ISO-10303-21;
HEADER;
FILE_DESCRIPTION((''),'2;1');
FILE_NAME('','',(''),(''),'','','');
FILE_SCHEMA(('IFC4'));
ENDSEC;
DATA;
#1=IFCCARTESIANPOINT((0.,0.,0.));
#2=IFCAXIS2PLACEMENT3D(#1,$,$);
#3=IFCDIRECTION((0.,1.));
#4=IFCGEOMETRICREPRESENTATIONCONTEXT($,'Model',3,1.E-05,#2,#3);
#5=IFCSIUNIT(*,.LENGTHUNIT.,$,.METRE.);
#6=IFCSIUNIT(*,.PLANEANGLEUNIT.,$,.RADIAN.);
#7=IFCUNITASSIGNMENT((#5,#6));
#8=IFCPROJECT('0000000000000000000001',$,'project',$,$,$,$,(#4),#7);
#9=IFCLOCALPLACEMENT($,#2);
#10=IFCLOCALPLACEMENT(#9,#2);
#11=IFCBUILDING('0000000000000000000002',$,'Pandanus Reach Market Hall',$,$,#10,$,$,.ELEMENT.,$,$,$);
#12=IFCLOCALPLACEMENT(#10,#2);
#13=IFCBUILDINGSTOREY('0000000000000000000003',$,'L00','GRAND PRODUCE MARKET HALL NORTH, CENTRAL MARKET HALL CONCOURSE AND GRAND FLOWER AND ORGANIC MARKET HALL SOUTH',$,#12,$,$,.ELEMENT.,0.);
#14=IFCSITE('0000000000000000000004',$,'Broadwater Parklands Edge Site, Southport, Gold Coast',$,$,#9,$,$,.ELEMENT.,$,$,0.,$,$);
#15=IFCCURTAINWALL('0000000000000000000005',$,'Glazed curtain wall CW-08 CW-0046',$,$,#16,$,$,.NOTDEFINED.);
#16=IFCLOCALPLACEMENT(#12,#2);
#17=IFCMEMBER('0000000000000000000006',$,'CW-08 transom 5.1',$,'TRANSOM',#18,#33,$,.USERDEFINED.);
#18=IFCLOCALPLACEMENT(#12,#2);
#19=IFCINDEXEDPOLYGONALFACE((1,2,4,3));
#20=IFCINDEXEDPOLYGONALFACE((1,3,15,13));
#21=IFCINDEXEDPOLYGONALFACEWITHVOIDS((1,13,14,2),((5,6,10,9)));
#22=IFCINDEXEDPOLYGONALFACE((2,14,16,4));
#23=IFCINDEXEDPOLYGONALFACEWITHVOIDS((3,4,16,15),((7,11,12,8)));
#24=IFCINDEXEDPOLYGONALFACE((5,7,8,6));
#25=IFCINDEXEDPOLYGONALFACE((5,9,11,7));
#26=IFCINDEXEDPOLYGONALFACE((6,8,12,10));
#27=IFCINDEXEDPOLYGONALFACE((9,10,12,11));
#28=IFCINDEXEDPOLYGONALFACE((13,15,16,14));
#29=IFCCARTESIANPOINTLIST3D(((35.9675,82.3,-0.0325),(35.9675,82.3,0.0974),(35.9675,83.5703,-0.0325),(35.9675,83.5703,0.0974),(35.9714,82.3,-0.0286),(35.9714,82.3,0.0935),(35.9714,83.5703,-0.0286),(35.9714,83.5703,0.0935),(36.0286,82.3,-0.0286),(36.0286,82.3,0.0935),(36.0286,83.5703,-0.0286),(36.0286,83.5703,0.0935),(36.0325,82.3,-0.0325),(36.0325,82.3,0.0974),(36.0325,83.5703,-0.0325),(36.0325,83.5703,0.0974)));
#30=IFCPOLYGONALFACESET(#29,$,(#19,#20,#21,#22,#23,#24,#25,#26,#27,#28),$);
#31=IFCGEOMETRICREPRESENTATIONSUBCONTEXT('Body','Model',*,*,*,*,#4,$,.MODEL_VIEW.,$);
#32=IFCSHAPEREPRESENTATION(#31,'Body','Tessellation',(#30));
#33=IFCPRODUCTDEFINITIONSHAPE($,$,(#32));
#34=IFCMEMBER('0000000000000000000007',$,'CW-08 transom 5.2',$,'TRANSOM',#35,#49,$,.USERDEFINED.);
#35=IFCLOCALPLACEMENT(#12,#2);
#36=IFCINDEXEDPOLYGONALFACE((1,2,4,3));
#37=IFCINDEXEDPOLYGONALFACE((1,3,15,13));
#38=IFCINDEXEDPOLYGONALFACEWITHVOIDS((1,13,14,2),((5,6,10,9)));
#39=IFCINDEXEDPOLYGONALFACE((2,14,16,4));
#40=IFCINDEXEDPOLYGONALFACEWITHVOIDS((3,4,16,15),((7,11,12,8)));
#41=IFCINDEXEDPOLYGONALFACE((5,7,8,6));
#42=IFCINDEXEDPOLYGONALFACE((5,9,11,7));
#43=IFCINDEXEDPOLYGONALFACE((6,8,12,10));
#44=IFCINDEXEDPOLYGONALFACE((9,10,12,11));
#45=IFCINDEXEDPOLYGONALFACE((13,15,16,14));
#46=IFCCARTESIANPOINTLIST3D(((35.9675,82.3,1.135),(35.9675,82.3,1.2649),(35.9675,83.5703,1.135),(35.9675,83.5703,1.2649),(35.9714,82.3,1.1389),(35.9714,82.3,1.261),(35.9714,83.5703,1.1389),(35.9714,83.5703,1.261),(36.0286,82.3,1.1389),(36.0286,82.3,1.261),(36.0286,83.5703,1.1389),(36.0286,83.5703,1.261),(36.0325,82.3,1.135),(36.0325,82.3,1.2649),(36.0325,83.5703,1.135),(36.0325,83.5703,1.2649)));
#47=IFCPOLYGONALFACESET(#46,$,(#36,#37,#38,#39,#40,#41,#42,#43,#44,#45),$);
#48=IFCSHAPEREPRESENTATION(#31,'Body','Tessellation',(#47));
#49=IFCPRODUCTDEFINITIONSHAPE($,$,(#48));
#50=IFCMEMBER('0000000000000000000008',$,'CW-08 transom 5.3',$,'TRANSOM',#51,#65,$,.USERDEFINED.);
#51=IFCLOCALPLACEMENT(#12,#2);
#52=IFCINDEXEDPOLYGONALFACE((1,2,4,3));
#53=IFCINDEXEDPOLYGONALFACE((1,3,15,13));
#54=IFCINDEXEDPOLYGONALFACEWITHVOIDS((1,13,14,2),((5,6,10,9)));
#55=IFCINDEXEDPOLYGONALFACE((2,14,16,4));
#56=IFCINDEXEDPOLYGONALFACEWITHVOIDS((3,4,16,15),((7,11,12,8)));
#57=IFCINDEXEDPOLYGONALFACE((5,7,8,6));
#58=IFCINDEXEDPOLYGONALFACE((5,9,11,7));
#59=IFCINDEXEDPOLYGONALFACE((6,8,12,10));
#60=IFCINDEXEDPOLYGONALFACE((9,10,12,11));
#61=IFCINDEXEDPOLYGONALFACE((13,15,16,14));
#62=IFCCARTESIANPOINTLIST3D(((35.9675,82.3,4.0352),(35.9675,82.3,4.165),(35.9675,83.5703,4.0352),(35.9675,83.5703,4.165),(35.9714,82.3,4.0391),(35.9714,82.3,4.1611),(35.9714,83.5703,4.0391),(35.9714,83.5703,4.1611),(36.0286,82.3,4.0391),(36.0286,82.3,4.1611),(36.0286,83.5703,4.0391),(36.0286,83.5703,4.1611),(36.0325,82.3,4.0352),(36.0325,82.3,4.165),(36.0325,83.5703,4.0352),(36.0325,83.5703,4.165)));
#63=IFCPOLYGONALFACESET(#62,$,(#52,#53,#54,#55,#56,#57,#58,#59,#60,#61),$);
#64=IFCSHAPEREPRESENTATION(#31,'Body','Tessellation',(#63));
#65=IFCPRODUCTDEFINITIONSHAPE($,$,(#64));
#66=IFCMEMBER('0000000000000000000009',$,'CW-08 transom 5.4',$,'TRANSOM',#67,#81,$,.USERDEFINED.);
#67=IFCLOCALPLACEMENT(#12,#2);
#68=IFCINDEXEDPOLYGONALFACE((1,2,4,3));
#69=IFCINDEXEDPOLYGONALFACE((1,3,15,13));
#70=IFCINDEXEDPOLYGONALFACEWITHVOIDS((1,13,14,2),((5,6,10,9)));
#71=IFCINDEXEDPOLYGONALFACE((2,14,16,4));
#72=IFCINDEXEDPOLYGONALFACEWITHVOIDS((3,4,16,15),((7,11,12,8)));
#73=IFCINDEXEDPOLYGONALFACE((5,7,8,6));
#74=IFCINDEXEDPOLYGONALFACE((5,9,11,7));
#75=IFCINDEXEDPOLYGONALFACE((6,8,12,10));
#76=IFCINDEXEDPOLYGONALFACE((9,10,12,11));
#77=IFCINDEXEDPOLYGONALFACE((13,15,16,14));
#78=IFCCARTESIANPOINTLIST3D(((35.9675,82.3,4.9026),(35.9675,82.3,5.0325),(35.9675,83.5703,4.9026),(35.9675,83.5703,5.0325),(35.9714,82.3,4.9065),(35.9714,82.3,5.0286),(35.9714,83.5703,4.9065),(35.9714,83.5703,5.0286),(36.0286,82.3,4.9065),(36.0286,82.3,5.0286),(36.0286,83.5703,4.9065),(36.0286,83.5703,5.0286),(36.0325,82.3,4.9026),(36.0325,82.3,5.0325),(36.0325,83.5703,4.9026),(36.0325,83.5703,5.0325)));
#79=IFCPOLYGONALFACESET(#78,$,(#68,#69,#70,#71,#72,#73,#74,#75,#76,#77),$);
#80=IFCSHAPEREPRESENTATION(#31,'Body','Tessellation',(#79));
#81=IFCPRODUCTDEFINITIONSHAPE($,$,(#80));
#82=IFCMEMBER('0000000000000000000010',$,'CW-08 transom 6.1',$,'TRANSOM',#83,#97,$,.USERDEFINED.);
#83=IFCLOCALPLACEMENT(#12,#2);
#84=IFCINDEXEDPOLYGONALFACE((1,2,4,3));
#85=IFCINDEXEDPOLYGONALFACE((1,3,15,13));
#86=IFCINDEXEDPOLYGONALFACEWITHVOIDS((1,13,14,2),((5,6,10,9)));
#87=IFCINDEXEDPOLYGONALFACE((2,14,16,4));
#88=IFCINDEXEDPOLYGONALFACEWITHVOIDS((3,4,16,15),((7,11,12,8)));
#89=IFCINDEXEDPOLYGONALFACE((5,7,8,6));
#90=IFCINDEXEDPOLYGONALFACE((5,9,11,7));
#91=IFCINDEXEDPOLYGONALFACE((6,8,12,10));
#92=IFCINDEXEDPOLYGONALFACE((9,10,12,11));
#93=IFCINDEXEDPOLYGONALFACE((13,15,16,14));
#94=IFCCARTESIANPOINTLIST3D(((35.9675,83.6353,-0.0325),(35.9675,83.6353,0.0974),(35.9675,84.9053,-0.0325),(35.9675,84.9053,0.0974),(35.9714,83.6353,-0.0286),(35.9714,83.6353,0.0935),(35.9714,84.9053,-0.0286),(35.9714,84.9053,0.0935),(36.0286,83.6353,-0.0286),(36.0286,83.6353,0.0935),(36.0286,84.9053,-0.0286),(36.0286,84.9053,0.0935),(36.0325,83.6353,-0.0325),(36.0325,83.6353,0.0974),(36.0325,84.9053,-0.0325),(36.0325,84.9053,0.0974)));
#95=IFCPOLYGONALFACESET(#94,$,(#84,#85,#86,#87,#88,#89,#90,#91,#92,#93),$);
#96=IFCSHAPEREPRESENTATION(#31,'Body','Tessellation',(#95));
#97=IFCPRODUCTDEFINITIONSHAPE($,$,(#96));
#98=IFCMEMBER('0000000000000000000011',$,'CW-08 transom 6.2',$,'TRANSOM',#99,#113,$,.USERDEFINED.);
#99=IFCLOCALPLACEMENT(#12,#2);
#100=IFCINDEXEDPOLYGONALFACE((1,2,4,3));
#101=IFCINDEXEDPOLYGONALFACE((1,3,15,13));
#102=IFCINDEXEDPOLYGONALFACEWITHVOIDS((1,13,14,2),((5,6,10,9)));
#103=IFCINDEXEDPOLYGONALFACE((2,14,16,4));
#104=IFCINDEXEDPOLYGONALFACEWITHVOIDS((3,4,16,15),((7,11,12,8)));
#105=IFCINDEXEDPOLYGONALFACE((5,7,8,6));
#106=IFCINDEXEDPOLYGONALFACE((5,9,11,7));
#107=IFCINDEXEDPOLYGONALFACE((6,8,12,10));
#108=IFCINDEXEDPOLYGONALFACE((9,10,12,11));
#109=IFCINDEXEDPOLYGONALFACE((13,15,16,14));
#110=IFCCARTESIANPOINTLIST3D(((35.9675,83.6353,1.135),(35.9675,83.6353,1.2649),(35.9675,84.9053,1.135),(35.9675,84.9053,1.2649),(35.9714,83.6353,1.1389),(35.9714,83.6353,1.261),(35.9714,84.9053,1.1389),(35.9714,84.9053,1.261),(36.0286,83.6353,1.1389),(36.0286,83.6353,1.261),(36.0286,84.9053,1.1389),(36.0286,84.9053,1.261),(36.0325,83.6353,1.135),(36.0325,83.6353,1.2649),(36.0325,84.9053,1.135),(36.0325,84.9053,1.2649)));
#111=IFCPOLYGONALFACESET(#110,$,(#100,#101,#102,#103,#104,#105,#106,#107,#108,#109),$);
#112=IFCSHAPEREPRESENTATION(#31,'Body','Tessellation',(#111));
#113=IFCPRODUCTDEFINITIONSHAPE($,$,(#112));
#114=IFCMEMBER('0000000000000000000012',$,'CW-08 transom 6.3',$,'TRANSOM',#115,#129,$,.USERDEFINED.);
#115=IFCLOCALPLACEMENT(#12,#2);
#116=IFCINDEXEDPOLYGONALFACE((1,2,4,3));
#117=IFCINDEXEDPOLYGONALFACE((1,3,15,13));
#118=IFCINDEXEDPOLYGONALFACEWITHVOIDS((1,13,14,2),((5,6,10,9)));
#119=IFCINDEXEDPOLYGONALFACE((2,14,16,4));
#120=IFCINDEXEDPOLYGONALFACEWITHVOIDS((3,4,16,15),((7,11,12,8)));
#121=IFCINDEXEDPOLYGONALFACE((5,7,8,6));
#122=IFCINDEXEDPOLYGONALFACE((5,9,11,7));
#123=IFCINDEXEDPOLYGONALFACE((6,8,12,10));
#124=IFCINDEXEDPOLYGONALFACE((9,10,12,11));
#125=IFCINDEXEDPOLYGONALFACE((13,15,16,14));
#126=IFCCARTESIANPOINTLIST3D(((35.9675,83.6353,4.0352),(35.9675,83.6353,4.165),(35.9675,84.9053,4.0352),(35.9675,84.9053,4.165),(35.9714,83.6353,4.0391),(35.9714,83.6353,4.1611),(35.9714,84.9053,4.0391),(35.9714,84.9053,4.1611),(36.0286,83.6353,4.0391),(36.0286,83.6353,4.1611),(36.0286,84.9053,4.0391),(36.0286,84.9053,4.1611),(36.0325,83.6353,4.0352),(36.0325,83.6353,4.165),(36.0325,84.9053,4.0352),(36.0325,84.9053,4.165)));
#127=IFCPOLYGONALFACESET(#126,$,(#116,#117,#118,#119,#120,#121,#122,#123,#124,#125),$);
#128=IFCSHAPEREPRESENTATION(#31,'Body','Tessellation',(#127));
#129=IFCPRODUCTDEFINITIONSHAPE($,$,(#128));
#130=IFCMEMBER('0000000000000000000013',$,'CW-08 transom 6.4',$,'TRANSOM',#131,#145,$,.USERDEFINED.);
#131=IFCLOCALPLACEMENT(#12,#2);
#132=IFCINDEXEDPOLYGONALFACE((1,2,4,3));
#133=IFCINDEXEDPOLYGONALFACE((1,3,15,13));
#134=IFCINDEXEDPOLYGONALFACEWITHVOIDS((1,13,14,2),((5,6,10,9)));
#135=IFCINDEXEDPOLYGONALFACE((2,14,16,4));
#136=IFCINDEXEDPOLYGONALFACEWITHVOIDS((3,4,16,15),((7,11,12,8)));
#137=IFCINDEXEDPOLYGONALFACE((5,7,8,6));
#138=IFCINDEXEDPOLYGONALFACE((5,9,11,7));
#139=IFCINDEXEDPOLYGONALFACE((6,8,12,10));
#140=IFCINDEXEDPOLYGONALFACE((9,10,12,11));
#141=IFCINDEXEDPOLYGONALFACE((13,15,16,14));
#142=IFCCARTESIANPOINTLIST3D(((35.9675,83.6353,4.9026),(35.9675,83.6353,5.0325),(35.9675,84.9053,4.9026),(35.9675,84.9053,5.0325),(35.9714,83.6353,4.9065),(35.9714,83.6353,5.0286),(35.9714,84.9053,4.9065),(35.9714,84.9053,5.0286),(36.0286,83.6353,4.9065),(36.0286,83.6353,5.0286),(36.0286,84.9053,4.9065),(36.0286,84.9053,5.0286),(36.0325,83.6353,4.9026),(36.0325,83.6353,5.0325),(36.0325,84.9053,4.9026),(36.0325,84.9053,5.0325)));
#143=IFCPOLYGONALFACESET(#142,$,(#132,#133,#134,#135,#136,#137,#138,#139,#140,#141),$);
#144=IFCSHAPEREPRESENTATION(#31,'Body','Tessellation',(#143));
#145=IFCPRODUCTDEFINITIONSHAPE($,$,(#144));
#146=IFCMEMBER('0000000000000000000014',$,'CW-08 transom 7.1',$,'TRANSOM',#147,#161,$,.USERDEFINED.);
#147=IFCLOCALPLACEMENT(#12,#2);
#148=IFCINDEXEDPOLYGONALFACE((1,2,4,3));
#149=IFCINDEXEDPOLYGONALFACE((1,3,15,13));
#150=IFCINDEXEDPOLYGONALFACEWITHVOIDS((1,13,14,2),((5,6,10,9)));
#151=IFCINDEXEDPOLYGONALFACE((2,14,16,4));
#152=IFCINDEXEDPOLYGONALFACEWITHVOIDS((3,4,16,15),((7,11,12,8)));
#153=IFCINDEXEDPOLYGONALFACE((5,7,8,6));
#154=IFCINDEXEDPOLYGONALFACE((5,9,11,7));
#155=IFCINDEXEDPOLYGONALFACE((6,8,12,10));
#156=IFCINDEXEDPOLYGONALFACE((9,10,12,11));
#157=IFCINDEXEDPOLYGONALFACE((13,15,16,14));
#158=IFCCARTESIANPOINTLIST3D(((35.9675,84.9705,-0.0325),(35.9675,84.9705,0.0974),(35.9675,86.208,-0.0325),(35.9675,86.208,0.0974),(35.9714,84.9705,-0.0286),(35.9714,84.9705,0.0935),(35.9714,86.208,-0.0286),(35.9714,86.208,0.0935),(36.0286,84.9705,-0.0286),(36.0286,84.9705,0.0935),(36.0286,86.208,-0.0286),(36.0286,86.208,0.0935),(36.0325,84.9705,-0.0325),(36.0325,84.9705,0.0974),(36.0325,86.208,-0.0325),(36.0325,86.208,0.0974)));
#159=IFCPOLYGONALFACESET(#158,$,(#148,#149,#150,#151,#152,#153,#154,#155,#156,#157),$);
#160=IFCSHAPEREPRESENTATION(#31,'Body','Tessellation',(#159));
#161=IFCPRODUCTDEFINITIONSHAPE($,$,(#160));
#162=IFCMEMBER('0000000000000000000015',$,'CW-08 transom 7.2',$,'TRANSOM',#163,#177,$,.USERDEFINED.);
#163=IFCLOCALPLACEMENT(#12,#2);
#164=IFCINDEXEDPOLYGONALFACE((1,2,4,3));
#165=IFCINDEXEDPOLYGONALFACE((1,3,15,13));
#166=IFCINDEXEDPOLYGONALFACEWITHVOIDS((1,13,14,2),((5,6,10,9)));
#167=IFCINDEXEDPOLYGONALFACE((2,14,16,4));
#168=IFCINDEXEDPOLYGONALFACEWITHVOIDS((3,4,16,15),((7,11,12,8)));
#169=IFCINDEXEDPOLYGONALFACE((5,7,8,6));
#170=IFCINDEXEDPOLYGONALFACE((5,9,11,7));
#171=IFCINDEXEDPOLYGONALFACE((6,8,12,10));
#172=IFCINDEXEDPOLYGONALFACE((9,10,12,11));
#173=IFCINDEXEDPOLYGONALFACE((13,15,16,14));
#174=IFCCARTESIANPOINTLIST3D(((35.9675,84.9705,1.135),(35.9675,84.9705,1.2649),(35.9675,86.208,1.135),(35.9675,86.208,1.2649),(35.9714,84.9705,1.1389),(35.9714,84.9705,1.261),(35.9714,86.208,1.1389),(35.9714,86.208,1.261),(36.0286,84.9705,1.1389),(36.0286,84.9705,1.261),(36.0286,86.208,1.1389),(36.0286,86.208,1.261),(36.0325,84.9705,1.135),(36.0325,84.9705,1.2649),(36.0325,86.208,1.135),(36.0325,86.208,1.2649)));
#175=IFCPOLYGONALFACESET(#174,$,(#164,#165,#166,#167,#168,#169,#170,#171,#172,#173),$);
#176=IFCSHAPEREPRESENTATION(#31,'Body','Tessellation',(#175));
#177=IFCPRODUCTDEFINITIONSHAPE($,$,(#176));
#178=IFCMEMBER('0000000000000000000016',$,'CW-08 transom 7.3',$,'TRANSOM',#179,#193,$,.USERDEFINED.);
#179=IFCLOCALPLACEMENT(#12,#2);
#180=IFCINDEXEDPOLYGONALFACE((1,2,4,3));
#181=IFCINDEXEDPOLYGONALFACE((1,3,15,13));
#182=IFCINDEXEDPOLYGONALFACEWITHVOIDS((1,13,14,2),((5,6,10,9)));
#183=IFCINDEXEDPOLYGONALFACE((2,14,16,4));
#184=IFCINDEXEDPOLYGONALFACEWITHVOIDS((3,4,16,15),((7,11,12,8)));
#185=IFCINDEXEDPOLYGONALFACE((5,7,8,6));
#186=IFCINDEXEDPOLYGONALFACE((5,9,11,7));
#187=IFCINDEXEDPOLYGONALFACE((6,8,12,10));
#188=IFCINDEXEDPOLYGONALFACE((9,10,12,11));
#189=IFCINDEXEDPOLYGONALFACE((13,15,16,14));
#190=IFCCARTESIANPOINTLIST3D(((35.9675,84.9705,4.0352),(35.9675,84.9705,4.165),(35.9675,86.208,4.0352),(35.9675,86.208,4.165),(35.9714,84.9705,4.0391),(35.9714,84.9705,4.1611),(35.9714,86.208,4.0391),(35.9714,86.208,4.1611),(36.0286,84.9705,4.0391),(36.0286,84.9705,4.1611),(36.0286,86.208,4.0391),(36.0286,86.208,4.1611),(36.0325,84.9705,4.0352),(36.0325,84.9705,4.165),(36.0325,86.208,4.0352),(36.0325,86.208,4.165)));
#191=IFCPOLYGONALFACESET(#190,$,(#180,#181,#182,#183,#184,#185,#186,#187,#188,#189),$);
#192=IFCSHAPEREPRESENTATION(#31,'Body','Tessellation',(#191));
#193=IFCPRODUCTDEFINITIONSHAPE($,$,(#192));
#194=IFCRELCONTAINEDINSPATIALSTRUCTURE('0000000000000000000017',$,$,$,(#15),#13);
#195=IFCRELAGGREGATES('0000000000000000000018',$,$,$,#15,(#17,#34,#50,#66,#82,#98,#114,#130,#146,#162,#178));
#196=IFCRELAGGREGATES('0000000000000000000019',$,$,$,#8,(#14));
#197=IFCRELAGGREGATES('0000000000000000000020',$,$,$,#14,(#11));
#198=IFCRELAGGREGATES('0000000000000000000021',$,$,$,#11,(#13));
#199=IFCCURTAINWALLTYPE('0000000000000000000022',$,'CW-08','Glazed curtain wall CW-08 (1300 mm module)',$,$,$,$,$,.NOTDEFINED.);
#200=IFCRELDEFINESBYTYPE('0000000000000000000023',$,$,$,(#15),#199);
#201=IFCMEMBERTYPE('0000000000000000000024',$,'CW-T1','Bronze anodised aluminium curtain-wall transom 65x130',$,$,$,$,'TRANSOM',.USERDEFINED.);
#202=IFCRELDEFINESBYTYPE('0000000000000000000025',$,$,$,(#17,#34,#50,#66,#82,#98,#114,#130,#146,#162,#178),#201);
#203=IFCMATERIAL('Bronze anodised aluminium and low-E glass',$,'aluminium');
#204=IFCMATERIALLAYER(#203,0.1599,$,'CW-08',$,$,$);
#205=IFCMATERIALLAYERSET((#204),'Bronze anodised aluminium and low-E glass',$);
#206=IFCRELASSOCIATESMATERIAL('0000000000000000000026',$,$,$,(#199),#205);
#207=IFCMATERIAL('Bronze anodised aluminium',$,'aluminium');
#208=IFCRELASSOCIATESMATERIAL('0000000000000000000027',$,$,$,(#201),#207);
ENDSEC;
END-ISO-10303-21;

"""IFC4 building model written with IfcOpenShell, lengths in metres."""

from ifc_helpers import new_model, si_unit, direction, frame, origin, origin_2d, place, context, subcontext, project, spatial, hollow_rectangle, extrude, material, layer, layer_set, material_profile, profile_set, type_object, element, aggregate, save


model = new_model("IFC4")

# Units and contexts
model_context = context("Model", 3, precision=1e-05, world=origin(), true_north=direction((0.0, 1.0)))
body_context = subcontext(model_context, "Body", "Model", "MODEL_VIEW")
ifc_project = project(units=[si_unit("LENGTHUNIT", "METRE"), si_unit("PLANEANGLEUNIT", "RADIAN")], contexts=[model_context])

# Site, building, storey
site_placement = place(None, origin())
site = spatial("IfcSite", under=ifc_project, at=site_placement, Name="Broadwater Parklands Edge Site, Southport, Gold Coast", CompositionType="ELEMENT", RefElevation=0.0)
building_placement = place(site_placement, origin())
building = spatial("IfcBuilding", under=site, at=building_placement, Name="Pandanus Reach Market Hall", CompositionType="ELEMENT")
storey_placement = place(building_placement, origin())
storey = spatial("IfcBuildingStorey", under=building, at=storey_placement, Name="L00", Description="GRAND PRODUCE MARKET HALL NORTH, CENTRAL MARKET HALL CONCOURSE AND GRAND FLOWER AND ORGANIC MARKET HALL SOUTH", CompositionType="ELEMENT", Elevation=0.0)

# Curtain wall, members
ifc_material_1 = material(Name="Bronze anodised aluminium and low-E glass", Category="aluminium")
ifc_layer_1 = layer(ifc_material_1, 0.1599, Name="CW-08")
ifc_layer_set_1 = layer_set([ifc_layer_1], Name="Bronze anodised aluminium and low-E glass")
curtain_wall_type = type_object("IfcCurtainWallType", Name="CW-08", Description="Glazed curtain wall CW-08 (1300 mm module)", PredefinedType="NOTDEFINED", material=ifc_layer_set_1)
curtain_wall_placement = place(storey_placement, origin())
curtain_wall = element("IfcCurtainWall", 1, at=curtain_wall_placement, inside=storey, type_object=curtain_wall_type, Name="Glazed curtain wall CW-08 CW-0046", PredefinedType="NOTDEFINED")
ifc_material_2 = material(Name="Bronze anodised aluminium", Category="aluminium")
ifc_material_profile_1 = material_profile(ifc_material_2, hollow_rectangle(XDim=0.0649, YDim=0.1299, WallThickness=0.0039, at=origin_2d()), Name="ALU65x130", Category="LoadBearing")
ifc_profile_set_1 = profile_set([ifc_material_profile_1], Name="Bronze anodised aluminium")
member_type_1 = type_object("IfcMemberType", Name="CW-T1", Description="Bronze anodised aluminium curtain-wall transom 65x130", ElementType="TRANSOM", PredefinedType="USERDEFINED", material=ifc_profile_set_1)
member_1_placement = place(storey_placement, frame((36.0, 82.3, 0.0325), z_axis=(0.0, 1.0, 0.0), x_axis=(-1.0, 0.0, 0.0)))
member_1 = element("IfcMember", 2, at=member_1_placement, type_object=member_type_1, Name="CW-08 transom 5.1", ObjectType="TRANSOM", PredefinedType="USERDEFINED", context=body_context, shape_type="SweptSolid", body=[
    extrude(hollow_rectangle(XDim=0.0649, YDim=0.1299, WallThickness=0.0039, at=origin_2d()), origin(), (0.0, 0.0, 1.0), 1.2703),
])
member_2_placement = place(storey_placement, frame((36.0, 82.3, 1.2), z_axis=(0.0, 1.0, 0.0), x_axis=(-1.0, 0.0, 0.0)))
member_2 = element("IfcMember", 3, at=member_2_placement, type_object=member_type_1, Name="CW-08 transom 5.2", ObjectType="TRANSOM", PredefinedType="USERDEFINED", context=body_context, shape_type="SweptSolid", body=[
    extrude(hollow_rectangle(XDim=0.0649, YDim=0.1299, WallThickness=0.0039, at=origin_2d()), origin(), (0.0, 0.0, 1.0), 1.2703),
])
member_3_placement = place(storey_placement, frame((36.0, 82.3, 4.1001), z_axis=(0.0, 1.0, 0.0), x_axis=(-1.0, 0.0, 0.0)))
member_3 = element("IfcMember", 4, at=member_3_placement, type_object=member_type_1, Name="CW-08 transom 5.3", ObjectType="TRANSOM", PredefinedType="USERDEFINED", context=body_context, shape_type="SweptSolid", body=[
    extrude(hollow_rectangle(XDim=0.0649, YDim=0.1299, WallThickness=0.0039, at=origin_2d()), origin(), (0.0, 0.0, 1.0), 1.2703),
])
member_4_placement = place(storey_placement, frame((36.0, 82.3, 4.9675), z_axis=(0.0, 1.0, 0.0), x_axis=(-1.0, 0.0, 0.0)))
member_4 = element("IfcMember", 5, at=member_4_placement, type_object=member_type_1, Name="CW-08 transom 5.4", ObjectType="TRANSOM", PredefinedType="USERDEFINED", context=body_context, shape_type="SweptSolid", body=[
    extrude(hollow_rectangle(XDim=0.0649, YDim=0.1299, WallThickness=0.0039, at=origin_2d()), origin(), (0.0, 0.0, 1.0), 1.2703),
])
member_5_placement = place(storey_placement, frame((36.0, 83.6353, 0.0325), z_axis=(0.0, 1.0, 0.0), x_axis=(-1.0, 0.0, 0.0)))
member_5 = element("IfcMember", 6, at=member_5_placement, type_object=member_type_1, Name="CW-08 transom 6.1", ObjectType="TRANSOM", PredefinedType="USERDEFINED", context=body_context, shape_type="SweptSolid", body=[
    extrude(hollow_rectangle(XDim=0.0649, YDim=0.1299, WallThickness=0.0039, at=origin_2d()), origin(), (0.0, 0.0, 1.0), 1.27),
])
member_6_placement = place(storey_placement, frame((36.0, 83.6353, 1.2), z_axis=(0.0, 1.0, 0.0), x_axis=(-1.0, 0.0, 0.0)))
member_6 = element("IfcMember", 7, at=member_6_placement, type_object=member_type_1, Name="CW-08 transom 6.2", ObjectType="TRANSOM", PredefinedType="USERDEFINED", context=body_context, shape_type="SweptSolid", body=[
    extrude(hollow_rectangle(XDim=0.0649, YDim=0.1299, WallThickness=0.0039, at=origin_2d()), origin(), (0.0, 0.0, 1.0), 1.27),
])
member_7_placement = place(storey_placement, frame((36.0, 83.6353, 4.1001), z_axis=(0.0, 1.0, 0.0), x_axis=(-1.0, 0.0, 0.0)))
member_7 = element("IfcMember", 8, at=member_7_placement, type_object=member_type_1, Name="CW-08 transom 6.3", ObjectType="TRANSOM", PredefinedType="USERDEFINED", context=body_context, shape_type="SweptSolid", body=[
    extrude(hollow_rectangle(XDim=0.0649, YDim=0.1299, WallThickness=0.0039, at=origin_2d()), origin(), (0.0, 0.0, 1.0), 1.27),
])
member_8_placement = place(storey_placement, frame((36.0, 83.6353, 4.9675), z_axis=(0.0, 1.0, 0.0), x_axis=(-1.0, 0.0, 0.0)))
member_8 = element("IfcMember", 9, at=member_8_placement, type_object=member_type_1, Name="CW-08 transom 6.4", ObjectType="TRANSOM", PredefinedType="USERDEFINED", context=body_context, shape_type="SweptSolid", body=[
    extrude(hollow_rectangle(XDim=0.0649, YDim=0.1299, WallThickness=0.0039, at=origin_2d()), origin(), (0.0, 0.0, 1.0), 1.27),
])
member_9_placement = place(storey_placement, frame((36.0, 84.9705, 0.0325), z_axis=(0.0, 1.0, 0.0), x_axis=(-1.0, 0.0, 0.0)))
member_9 = element("IfcMember", 10, at=member_9_placement, type_object=member_type_1, Name="CW-08 transom 7.1", ObjectType="TRANSOM", PredefinedType="USERDEFINED", context=body_context, shape_type="SweptSolid", body=[
    extrude(hollow_rectangle(XDim=0.0649, YDim=0.1299, WallThickness=0.0039, at=origin_2d()), origin(), (0.0, 0.0, 1.0), 1.2375),
])
member_10_placement = place(storey_placement, frame((36.0, 84.9705, 1.2), z_axis=(0.0, 1.0, 0.0), x_axis=(-1.0, 0.0, 0.0)))
member_10 = element("IfcMember", 11, at=member_10_placement, type_object=member_type_1, Name="CW-08 transom 7.2", ObjectType="TRANSOM", PredefinedType="USERDEFINED", context=body_context, shape_type="SweptSolid", body=[
    extrude(hollow_rectangle(XDim=0.0649, YDim=0.1299, WallThickness=0.0039, at=origin_2d()), origin(), (0.0, 0.0, 1.0), 1.2375),
])
member_11_placement = place(storey_placement, frame((36.0, 84.9705, 4.1001), z_axis=(0.0, 1.0, 0.0), x_axis=(-1.0, 0.0, 0.0)))
member_11 = element("IfcMember", 12, at=member_11_placement, type_object=member_type_1, Name="CW-08 transom 7.3", ObjectType="TRANSOM", PredefinedType="USERDEFINED", context=body_context, shape_type="SweptSolid", body=[
    extrude(hollow_rectangle(XDim=0.0649, YDim=0.1299, WallThickness=0.0039, at=origin_2d()), origin(), (0.0, 0.0, 1.0), 1.2375),
])
aggregate(curtain_wall, [member_1, member_2, member_3, member_4, member_5, member_6, member_7, member_8, member_9, member_10, member_11])

save(model, "model.ifc")
